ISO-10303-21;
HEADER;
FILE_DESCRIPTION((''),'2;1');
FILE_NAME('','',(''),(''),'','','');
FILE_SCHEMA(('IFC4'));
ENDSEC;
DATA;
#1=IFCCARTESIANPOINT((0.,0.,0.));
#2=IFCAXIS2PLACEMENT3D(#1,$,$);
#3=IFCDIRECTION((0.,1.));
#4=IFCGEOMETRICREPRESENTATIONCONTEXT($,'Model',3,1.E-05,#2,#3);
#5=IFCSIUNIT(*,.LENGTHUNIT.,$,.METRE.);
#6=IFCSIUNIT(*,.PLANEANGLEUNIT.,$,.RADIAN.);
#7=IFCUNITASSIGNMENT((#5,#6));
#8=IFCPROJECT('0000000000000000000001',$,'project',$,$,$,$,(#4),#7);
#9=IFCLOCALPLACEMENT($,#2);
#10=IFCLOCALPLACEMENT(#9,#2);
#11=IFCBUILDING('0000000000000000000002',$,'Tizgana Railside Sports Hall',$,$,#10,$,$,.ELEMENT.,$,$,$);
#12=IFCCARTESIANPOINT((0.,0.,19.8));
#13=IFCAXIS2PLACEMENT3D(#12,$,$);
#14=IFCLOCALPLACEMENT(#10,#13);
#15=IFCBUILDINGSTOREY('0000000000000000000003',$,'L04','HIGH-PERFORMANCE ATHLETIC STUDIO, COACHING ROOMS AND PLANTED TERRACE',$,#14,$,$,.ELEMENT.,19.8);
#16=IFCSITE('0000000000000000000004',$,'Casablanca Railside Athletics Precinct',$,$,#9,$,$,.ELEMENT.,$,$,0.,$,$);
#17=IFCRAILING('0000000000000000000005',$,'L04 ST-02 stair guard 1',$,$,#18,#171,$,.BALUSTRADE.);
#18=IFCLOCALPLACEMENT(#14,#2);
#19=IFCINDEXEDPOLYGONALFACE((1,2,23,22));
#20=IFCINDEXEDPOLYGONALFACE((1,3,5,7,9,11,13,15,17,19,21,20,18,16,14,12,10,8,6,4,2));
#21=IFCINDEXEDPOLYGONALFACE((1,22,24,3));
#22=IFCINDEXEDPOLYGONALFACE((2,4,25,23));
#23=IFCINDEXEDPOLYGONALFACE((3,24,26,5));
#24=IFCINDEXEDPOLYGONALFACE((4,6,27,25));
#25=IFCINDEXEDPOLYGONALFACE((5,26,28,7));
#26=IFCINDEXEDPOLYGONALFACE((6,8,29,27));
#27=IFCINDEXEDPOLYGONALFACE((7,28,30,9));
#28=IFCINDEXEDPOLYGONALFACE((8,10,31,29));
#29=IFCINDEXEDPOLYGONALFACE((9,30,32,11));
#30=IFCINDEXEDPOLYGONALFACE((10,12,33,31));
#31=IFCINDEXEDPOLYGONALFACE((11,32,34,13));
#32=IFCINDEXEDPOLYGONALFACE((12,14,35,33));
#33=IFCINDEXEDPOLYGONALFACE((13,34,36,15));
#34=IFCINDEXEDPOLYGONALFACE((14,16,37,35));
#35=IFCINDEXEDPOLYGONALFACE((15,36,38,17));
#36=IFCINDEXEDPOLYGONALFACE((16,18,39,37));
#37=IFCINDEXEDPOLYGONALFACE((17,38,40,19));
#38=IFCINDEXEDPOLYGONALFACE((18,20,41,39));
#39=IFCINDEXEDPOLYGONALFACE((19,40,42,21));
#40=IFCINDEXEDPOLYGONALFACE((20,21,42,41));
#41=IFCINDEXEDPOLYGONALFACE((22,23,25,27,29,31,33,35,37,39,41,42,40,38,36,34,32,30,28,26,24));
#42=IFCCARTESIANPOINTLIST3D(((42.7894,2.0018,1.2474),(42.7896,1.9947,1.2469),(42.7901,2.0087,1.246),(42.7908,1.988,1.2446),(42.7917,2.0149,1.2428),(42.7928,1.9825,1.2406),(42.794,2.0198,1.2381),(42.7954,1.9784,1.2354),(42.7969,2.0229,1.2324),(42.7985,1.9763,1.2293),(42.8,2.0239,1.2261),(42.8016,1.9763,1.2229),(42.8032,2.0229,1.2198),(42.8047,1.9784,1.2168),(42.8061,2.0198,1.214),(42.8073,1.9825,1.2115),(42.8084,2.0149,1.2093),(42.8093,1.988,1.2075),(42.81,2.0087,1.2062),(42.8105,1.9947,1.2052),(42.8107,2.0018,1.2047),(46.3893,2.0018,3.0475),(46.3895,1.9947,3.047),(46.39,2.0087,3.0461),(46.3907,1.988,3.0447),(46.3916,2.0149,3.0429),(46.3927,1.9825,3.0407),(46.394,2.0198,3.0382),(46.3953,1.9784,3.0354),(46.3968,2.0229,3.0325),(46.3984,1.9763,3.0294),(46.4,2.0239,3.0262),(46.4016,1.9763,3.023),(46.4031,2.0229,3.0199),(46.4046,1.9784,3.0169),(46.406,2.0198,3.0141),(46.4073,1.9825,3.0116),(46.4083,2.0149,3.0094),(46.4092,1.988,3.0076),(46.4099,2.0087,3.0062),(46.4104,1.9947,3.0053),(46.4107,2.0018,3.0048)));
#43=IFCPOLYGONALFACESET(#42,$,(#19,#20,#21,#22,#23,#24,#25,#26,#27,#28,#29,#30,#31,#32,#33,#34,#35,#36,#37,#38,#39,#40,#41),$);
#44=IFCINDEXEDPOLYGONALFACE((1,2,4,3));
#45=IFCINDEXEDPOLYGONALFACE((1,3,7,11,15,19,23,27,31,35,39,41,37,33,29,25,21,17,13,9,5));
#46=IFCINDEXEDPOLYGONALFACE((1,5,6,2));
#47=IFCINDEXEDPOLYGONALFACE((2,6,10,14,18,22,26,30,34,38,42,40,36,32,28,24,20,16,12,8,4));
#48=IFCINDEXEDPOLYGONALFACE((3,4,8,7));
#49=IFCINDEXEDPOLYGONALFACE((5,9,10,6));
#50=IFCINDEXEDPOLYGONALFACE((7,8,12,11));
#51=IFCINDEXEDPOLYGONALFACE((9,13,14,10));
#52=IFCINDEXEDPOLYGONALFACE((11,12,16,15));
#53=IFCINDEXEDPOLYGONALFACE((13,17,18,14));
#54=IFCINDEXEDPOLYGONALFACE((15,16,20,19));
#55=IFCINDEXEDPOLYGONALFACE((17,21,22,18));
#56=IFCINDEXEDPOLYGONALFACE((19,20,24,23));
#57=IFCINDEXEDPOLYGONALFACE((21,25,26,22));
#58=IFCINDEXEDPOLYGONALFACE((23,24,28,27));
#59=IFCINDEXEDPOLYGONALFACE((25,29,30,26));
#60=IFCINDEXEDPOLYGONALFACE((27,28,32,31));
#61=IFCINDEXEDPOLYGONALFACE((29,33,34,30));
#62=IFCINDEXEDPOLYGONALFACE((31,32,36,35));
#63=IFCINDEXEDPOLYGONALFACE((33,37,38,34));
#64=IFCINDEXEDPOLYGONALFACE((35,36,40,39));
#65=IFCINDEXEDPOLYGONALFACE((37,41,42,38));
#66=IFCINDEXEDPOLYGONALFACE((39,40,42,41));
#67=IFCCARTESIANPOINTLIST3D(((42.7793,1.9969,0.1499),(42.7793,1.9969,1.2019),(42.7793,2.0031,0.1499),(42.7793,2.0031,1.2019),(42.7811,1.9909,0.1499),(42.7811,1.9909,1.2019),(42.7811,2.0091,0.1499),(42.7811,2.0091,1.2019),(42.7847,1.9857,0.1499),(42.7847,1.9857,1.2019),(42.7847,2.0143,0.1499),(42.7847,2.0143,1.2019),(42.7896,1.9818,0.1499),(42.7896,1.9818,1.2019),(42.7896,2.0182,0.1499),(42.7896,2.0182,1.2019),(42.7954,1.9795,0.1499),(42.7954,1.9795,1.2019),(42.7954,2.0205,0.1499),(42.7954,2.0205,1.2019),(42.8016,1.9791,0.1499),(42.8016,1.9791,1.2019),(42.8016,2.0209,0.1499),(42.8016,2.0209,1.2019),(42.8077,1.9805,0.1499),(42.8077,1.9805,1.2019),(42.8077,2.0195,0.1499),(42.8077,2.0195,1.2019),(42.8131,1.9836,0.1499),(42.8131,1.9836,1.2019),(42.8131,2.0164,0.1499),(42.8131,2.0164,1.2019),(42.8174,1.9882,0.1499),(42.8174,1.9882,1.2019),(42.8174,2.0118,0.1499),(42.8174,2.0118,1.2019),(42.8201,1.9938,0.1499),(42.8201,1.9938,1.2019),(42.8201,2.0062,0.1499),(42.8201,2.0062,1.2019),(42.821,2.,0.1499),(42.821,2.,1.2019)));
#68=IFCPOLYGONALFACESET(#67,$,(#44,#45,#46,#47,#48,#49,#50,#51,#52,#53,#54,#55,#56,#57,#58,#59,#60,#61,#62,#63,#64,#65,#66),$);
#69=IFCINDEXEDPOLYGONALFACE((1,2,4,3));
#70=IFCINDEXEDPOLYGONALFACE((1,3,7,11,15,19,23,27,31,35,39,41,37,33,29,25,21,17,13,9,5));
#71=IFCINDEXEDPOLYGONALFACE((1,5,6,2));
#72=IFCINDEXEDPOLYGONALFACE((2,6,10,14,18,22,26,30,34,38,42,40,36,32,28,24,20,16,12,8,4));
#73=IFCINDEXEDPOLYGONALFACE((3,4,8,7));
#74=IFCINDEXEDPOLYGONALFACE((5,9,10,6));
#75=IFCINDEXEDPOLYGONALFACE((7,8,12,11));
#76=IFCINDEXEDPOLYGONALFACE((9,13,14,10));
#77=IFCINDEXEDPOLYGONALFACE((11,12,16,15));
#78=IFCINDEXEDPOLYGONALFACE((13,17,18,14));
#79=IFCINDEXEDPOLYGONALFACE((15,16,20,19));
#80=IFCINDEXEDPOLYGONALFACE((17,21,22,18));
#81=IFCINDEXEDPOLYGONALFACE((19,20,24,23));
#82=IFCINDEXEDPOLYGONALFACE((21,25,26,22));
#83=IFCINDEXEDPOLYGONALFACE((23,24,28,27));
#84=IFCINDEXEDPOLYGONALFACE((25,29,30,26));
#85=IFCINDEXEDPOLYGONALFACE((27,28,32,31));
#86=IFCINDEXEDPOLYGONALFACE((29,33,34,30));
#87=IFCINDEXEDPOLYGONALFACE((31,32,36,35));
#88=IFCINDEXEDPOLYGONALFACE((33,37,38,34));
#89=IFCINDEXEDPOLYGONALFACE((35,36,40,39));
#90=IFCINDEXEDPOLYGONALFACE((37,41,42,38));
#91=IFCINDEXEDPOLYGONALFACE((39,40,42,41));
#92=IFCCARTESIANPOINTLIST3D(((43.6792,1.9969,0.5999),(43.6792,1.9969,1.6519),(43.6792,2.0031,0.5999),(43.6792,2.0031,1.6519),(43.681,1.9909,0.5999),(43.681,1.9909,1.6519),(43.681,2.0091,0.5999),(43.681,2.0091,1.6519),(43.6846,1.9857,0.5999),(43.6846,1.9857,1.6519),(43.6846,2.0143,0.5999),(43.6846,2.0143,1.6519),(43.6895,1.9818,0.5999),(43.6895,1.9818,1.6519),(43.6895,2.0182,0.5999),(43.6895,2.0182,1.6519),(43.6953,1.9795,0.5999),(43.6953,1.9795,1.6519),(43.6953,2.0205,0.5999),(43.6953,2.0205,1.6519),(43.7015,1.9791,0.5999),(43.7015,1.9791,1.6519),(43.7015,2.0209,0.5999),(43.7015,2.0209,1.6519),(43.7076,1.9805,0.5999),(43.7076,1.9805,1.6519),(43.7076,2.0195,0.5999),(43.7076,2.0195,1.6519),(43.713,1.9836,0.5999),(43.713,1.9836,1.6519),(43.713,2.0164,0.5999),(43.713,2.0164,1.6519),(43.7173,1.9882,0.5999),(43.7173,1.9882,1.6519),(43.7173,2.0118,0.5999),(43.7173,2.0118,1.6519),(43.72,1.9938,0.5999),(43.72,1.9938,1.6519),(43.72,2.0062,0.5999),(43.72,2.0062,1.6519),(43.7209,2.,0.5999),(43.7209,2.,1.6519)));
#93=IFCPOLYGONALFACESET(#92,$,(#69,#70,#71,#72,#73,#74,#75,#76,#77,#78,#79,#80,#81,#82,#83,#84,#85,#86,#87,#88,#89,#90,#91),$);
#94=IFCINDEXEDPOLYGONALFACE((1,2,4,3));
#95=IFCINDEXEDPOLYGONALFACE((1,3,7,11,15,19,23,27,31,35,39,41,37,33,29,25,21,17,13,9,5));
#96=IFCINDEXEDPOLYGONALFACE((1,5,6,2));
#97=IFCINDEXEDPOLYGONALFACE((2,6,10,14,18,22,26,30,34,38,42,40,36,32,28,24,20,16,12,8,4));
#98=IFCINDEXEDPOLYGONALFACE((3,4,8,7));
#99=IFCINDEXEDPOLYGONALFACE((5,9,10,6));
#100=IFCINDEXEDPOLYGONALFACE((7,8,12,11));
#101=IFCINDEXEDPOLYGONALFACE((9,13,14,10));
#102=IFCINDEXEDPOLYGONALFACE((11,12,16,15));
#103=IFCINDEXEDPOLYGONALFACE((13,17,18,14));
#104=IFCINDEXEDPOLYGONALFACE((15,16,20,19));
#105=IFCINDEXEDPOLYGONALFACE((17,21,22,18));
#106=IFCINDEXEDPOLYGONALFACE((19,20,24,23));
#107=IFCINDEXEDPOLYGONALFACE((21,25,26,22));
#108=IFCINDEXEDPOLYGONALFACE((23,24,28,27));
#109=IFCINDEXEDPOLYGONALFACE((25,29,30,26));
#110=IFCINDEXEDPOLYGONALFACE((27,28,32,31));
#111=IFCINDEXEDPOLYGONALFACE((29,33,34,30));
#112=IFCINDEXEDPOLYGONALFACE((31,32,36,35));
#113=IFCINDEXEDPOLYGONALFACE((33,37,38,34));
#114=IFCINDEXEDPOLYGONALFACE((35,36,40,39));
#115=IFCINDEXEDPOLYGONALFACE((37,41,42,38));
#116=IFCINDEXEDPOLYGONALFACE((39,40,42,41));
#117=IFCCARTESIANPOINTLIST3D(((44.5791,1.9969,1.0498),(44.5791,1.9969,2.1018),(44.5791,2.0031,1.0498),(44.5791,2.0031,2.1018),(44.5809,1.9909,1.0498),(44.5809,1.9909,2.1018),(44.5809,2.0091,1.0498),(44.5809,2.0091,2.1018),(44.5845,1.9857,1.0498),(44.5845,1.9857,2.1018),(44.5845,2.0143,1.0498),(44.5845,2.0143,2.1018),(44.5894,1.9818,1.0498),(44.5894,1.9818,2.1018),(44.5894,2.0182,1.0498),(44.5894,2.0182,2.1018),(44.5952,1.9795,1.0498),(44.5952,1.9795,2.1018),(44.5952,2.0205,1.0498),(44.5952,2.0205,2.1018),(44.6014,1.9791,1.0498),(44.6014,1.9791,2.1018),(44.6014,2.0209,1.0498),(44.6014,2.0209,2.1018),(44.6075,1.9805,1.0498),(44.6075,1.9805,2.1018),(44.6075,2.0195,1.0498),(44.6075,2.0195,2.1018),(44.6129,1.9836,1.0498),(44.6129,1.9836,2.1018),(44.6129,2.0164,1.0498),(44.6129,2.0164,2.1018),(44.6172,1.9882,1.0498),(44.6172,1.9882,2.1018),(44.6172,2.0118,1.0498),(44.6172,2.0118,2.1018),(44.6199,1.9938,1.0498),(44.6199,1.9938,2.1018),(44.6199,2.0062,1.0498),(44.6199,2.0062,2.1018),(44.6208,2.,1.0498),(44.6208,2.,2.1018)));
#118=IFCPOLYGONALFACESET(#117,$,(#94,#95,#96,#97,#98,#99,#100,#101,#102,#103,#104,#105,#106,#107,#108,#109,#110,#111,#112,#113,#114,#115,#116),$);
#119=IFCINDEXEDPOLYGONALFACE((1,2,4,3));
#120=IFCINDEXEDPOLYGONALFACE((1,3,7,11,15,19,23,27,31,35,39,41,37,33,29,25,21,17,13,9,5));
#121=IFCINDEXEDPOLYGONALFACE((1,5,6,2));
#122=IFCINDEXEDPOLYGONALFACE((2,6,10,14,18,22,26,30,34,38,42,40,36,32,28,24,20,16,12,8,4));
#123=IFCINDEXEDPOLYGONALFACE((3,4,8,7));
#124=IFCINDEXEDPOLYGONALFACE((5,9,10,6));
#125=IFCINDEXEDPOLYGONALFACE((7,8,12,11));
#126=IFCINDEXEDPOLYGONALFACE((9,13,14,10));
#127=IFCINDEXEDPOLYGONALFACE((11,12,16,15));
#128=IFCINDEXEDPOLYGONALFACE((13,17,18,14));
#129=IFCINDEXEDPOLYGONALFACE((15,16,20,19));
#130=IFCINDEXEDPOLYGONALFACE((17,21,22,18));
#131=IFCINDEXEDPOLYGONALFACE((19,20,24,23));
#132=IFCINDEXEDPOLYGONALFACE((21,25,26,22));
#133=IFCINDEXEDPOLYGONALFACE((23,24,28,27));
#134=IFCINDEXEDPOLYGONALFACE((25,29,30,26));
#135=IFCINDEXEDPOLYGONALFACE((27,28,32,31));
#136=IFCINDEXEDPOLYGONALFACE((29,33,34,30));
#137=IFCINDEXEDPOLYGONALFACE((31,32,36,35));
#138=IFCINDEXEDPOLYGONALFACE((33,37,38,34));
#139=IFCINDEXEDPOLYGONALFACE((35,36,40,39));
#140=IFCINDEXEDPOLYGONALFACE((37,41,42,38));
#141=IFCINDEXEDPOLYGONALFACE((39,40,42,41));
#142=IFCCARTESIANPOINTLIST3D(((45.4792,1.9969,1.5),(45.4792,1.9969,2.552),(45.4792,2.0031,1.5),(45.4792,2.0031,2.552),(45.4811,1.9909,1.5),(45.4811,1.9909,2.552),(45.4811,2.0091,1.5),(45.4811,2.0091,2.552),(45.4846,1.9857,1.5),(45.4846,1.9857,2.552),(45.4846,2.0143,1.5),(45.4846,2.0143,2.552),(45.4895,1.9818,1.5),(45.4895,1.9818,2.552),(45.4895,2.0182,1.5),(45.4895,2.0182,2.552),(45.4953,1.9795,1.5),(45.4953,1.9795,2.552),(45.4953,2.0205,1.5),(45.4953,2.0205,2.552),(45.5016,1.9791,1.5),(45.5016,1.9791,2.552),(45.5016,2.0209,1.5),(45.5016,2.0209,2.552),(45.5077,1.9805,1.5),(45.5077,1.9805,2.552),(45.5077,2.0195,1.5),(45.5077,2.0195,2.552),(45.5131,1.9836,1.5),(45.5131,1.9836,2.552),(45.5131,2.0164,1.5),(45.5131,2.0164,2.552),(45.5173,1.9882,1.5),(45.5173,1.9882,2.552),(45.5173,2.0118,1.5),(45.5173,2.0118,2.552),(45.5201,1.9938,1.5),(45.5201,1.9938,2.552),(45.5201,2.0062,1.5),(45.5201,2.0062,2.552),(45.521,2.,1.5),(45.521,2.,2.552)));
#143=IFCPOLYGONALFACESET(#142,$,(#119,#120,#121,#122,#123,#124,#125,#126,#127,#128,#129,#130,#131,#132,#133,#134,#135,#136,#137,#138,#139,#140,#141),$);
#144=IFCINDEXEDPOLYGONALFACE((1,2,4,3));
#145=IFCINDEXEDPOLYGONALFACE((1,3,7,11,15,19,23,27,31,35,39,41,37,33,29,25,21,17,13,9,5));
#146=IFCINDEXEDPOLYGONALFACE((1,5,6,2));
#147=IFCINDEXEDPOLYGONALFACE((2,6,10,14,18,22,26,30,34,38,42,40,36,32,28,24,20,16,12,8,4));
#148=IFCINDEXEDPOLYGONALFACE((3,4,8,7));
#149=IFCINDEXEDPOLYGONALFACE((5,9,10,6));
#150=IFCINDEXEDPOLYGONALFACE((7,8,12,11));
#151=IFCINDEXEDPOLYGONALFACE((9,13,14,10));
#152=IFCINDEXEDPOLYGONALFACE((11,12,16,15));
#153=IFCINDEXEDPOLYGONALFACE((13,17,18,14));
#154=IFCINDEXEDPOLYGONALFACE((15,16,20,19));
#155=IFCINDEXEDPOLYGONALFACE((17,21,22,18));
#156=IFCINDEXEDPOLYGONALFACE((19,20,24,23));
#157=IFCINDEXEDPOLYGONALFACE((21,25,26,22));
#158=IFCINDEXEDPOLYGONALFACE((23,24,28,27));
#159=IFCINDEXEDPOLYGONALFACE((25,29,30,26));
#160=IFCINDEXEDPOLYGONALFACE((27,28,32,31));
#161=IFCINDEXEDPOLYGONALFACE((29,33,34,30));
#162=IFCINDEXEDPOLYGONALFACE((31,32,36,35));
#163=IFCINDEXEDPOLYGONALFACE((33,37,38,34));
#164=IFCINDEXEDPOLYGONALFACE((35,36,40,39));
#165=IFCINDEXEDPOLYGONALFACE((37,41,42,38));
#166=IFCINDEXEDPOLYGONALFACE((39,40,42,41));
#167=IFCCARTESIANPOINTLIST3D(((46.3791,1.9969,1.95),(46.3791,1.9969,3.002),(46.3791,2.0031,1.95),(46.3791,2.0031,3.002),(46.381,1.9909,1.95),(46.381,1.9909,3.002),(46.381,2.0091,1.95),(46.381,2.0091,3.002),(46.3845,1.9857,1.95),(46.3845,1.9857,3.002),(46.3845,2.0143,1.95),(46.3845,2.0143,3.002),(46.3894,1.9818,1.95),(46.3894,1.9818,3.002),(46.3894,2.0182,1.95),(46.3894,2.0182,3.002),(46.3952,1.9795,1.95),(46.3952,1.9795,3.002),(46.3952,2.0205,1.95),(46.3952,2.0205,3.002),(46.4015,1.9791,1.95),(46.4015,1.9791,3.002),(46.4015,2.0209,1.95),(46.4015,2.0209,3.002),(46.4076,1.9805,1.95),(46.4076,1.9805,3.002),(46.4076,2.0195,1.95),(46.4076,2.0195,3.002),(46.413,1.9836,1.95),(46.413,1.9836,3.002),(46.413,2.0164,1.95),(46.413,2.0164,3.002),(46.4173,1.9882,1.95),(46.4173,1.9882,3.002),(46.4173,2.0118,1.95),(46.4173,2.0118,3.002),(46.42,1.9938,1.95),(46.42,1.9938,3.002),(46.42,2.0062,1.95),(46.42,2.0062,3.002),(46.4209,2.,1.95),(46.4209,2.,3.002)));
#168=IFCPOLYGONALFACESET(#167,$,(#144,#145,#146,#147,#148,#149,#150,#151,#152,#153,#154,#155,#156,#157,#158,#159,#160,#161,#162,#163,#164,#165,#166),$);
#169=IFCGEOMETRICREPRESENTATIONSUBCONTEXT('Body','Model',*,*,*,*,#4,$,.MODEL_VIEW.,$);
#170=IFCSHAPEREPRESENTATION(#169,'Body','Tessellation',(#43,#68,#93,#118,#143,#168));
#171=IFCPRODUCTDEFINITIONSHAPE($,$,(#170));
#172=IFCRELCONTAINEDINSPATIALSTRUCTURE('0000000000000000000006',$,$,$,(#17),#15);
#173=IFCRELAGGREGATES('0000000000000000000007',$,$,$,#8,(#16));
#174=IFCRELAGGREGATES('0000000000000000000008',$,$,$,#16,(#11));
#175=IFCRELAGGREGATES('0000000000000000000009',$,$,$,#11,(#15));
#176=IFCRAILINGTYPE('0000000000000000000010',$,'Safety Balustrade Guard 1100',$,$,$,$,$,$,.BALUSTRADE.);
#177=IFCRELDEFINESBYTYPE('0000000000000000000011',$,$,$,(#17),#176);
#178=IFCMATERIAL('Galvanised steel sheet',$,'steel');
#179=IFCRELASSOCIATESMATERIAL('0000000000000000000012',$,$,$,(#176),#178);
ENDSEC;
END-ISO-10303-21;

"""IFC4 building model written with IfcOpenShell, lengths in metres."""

from ifc_helpers import new_model, si_unit, direction, frame, origin, origin_2d, place, context, subcontext, project, spatial, circle, extrude, material, type_object, element, save


model = new_model("IFC4")

# Units and contexts
model_context = context("Model", 3, precision=1e-05, world=origin(), true_north=direction((0.0, 1.0)))
body_context = subcontext(model_context, "Body", "Model", "MODEL_VIEW")
ifc_project = project(units=[si_unit("LENGTHUNIT", "METRE"), si_unit("PLANEANGLEUNIT", "RADIAN")], contexts=[model_context])

# Site, building, storey
site_placement = place(None, origin())
site = spatial("IfcSite", under=ifc_project, at=site_placement, Name="Casablanca Railside Athletics Precinct", CompositionType="ELEMENT", RefElevation=0.0)
building_placement = place(site_placement, origin())
building = spatial("IfcBuilding", under=site, at=building_placement, Name="Tizgana Railside Sports Hall", CompositionType="ELEMENT")
storey_placement = place(building_placement, frame((0.0, 0.0, 19.8)))
storey = spatial("IfcBuildingStorey", under=building, at=storey_placement, Name="L04", Description="HIGH-PERFORMANCE ATHLETIC STUDIO, COACHING ROOMS AND PLANTED TERRACE", CompositionType="ELEMENT", Elevation=19.8)

# Railing
ifc_material_1 = material(Name="Galvanised steel sheet", Category="steel")
railing_type_1 = type_object("IfcRailingType", Name="Safety Balustrade Guard 1100", PredefinedType="BALUSTRADE", material=ifc_material_1)
railing_1_placement = place(storey_placement, frame((42.8, 2.0, 0.1499)))
element("IfcRailing", 1, at=railing_1_placement, inside=storey, type_object=railing_type_1, Name="L04 ST-02 stair guard 1", PredefinedType="BALUSTRADE", context=body_context, shape_type="SweptSolid", body=[
    extrude(circle(Radius=0.0239, at=origin_2d()), frame((0.0, 0.0, 1.0762), z_axis=(0.894415, 0.0, 0.447238), x_axis=(0.0, 1.0, 0.0)), (0.0, 0.0, 1.0), 4.0249),
    extrude(circle(Radius=0.021, at=origin_2d()), origin(), (0.0, 0.0, 1.0), 1.052),
    extrude(circle(Radius=0.021, at=origin_2d()), frame((0.8999, 0.0, 0.45)), (0.0, 0.0, 1.0), 1.052),
    extrude(circle(Radius=0.021, at=origin_2d()), frame((1.7998, 0.0, 0.8999)), (0.0, 0.0, 1.0), 1.052),
    extrude(circle(Radius=0.021, at=origin_2d()), frame((2.7, 0.0, 1.3501)), (0.0, 0.0, 1.0), 1.052),
    extrude(circle(Radius=0.021, at=origin_2d()), frame((3.5999, 0.0, 1.8)), (0.0, 0.0, 1.0), 1.052),
])

save(model, "model.ifc")
